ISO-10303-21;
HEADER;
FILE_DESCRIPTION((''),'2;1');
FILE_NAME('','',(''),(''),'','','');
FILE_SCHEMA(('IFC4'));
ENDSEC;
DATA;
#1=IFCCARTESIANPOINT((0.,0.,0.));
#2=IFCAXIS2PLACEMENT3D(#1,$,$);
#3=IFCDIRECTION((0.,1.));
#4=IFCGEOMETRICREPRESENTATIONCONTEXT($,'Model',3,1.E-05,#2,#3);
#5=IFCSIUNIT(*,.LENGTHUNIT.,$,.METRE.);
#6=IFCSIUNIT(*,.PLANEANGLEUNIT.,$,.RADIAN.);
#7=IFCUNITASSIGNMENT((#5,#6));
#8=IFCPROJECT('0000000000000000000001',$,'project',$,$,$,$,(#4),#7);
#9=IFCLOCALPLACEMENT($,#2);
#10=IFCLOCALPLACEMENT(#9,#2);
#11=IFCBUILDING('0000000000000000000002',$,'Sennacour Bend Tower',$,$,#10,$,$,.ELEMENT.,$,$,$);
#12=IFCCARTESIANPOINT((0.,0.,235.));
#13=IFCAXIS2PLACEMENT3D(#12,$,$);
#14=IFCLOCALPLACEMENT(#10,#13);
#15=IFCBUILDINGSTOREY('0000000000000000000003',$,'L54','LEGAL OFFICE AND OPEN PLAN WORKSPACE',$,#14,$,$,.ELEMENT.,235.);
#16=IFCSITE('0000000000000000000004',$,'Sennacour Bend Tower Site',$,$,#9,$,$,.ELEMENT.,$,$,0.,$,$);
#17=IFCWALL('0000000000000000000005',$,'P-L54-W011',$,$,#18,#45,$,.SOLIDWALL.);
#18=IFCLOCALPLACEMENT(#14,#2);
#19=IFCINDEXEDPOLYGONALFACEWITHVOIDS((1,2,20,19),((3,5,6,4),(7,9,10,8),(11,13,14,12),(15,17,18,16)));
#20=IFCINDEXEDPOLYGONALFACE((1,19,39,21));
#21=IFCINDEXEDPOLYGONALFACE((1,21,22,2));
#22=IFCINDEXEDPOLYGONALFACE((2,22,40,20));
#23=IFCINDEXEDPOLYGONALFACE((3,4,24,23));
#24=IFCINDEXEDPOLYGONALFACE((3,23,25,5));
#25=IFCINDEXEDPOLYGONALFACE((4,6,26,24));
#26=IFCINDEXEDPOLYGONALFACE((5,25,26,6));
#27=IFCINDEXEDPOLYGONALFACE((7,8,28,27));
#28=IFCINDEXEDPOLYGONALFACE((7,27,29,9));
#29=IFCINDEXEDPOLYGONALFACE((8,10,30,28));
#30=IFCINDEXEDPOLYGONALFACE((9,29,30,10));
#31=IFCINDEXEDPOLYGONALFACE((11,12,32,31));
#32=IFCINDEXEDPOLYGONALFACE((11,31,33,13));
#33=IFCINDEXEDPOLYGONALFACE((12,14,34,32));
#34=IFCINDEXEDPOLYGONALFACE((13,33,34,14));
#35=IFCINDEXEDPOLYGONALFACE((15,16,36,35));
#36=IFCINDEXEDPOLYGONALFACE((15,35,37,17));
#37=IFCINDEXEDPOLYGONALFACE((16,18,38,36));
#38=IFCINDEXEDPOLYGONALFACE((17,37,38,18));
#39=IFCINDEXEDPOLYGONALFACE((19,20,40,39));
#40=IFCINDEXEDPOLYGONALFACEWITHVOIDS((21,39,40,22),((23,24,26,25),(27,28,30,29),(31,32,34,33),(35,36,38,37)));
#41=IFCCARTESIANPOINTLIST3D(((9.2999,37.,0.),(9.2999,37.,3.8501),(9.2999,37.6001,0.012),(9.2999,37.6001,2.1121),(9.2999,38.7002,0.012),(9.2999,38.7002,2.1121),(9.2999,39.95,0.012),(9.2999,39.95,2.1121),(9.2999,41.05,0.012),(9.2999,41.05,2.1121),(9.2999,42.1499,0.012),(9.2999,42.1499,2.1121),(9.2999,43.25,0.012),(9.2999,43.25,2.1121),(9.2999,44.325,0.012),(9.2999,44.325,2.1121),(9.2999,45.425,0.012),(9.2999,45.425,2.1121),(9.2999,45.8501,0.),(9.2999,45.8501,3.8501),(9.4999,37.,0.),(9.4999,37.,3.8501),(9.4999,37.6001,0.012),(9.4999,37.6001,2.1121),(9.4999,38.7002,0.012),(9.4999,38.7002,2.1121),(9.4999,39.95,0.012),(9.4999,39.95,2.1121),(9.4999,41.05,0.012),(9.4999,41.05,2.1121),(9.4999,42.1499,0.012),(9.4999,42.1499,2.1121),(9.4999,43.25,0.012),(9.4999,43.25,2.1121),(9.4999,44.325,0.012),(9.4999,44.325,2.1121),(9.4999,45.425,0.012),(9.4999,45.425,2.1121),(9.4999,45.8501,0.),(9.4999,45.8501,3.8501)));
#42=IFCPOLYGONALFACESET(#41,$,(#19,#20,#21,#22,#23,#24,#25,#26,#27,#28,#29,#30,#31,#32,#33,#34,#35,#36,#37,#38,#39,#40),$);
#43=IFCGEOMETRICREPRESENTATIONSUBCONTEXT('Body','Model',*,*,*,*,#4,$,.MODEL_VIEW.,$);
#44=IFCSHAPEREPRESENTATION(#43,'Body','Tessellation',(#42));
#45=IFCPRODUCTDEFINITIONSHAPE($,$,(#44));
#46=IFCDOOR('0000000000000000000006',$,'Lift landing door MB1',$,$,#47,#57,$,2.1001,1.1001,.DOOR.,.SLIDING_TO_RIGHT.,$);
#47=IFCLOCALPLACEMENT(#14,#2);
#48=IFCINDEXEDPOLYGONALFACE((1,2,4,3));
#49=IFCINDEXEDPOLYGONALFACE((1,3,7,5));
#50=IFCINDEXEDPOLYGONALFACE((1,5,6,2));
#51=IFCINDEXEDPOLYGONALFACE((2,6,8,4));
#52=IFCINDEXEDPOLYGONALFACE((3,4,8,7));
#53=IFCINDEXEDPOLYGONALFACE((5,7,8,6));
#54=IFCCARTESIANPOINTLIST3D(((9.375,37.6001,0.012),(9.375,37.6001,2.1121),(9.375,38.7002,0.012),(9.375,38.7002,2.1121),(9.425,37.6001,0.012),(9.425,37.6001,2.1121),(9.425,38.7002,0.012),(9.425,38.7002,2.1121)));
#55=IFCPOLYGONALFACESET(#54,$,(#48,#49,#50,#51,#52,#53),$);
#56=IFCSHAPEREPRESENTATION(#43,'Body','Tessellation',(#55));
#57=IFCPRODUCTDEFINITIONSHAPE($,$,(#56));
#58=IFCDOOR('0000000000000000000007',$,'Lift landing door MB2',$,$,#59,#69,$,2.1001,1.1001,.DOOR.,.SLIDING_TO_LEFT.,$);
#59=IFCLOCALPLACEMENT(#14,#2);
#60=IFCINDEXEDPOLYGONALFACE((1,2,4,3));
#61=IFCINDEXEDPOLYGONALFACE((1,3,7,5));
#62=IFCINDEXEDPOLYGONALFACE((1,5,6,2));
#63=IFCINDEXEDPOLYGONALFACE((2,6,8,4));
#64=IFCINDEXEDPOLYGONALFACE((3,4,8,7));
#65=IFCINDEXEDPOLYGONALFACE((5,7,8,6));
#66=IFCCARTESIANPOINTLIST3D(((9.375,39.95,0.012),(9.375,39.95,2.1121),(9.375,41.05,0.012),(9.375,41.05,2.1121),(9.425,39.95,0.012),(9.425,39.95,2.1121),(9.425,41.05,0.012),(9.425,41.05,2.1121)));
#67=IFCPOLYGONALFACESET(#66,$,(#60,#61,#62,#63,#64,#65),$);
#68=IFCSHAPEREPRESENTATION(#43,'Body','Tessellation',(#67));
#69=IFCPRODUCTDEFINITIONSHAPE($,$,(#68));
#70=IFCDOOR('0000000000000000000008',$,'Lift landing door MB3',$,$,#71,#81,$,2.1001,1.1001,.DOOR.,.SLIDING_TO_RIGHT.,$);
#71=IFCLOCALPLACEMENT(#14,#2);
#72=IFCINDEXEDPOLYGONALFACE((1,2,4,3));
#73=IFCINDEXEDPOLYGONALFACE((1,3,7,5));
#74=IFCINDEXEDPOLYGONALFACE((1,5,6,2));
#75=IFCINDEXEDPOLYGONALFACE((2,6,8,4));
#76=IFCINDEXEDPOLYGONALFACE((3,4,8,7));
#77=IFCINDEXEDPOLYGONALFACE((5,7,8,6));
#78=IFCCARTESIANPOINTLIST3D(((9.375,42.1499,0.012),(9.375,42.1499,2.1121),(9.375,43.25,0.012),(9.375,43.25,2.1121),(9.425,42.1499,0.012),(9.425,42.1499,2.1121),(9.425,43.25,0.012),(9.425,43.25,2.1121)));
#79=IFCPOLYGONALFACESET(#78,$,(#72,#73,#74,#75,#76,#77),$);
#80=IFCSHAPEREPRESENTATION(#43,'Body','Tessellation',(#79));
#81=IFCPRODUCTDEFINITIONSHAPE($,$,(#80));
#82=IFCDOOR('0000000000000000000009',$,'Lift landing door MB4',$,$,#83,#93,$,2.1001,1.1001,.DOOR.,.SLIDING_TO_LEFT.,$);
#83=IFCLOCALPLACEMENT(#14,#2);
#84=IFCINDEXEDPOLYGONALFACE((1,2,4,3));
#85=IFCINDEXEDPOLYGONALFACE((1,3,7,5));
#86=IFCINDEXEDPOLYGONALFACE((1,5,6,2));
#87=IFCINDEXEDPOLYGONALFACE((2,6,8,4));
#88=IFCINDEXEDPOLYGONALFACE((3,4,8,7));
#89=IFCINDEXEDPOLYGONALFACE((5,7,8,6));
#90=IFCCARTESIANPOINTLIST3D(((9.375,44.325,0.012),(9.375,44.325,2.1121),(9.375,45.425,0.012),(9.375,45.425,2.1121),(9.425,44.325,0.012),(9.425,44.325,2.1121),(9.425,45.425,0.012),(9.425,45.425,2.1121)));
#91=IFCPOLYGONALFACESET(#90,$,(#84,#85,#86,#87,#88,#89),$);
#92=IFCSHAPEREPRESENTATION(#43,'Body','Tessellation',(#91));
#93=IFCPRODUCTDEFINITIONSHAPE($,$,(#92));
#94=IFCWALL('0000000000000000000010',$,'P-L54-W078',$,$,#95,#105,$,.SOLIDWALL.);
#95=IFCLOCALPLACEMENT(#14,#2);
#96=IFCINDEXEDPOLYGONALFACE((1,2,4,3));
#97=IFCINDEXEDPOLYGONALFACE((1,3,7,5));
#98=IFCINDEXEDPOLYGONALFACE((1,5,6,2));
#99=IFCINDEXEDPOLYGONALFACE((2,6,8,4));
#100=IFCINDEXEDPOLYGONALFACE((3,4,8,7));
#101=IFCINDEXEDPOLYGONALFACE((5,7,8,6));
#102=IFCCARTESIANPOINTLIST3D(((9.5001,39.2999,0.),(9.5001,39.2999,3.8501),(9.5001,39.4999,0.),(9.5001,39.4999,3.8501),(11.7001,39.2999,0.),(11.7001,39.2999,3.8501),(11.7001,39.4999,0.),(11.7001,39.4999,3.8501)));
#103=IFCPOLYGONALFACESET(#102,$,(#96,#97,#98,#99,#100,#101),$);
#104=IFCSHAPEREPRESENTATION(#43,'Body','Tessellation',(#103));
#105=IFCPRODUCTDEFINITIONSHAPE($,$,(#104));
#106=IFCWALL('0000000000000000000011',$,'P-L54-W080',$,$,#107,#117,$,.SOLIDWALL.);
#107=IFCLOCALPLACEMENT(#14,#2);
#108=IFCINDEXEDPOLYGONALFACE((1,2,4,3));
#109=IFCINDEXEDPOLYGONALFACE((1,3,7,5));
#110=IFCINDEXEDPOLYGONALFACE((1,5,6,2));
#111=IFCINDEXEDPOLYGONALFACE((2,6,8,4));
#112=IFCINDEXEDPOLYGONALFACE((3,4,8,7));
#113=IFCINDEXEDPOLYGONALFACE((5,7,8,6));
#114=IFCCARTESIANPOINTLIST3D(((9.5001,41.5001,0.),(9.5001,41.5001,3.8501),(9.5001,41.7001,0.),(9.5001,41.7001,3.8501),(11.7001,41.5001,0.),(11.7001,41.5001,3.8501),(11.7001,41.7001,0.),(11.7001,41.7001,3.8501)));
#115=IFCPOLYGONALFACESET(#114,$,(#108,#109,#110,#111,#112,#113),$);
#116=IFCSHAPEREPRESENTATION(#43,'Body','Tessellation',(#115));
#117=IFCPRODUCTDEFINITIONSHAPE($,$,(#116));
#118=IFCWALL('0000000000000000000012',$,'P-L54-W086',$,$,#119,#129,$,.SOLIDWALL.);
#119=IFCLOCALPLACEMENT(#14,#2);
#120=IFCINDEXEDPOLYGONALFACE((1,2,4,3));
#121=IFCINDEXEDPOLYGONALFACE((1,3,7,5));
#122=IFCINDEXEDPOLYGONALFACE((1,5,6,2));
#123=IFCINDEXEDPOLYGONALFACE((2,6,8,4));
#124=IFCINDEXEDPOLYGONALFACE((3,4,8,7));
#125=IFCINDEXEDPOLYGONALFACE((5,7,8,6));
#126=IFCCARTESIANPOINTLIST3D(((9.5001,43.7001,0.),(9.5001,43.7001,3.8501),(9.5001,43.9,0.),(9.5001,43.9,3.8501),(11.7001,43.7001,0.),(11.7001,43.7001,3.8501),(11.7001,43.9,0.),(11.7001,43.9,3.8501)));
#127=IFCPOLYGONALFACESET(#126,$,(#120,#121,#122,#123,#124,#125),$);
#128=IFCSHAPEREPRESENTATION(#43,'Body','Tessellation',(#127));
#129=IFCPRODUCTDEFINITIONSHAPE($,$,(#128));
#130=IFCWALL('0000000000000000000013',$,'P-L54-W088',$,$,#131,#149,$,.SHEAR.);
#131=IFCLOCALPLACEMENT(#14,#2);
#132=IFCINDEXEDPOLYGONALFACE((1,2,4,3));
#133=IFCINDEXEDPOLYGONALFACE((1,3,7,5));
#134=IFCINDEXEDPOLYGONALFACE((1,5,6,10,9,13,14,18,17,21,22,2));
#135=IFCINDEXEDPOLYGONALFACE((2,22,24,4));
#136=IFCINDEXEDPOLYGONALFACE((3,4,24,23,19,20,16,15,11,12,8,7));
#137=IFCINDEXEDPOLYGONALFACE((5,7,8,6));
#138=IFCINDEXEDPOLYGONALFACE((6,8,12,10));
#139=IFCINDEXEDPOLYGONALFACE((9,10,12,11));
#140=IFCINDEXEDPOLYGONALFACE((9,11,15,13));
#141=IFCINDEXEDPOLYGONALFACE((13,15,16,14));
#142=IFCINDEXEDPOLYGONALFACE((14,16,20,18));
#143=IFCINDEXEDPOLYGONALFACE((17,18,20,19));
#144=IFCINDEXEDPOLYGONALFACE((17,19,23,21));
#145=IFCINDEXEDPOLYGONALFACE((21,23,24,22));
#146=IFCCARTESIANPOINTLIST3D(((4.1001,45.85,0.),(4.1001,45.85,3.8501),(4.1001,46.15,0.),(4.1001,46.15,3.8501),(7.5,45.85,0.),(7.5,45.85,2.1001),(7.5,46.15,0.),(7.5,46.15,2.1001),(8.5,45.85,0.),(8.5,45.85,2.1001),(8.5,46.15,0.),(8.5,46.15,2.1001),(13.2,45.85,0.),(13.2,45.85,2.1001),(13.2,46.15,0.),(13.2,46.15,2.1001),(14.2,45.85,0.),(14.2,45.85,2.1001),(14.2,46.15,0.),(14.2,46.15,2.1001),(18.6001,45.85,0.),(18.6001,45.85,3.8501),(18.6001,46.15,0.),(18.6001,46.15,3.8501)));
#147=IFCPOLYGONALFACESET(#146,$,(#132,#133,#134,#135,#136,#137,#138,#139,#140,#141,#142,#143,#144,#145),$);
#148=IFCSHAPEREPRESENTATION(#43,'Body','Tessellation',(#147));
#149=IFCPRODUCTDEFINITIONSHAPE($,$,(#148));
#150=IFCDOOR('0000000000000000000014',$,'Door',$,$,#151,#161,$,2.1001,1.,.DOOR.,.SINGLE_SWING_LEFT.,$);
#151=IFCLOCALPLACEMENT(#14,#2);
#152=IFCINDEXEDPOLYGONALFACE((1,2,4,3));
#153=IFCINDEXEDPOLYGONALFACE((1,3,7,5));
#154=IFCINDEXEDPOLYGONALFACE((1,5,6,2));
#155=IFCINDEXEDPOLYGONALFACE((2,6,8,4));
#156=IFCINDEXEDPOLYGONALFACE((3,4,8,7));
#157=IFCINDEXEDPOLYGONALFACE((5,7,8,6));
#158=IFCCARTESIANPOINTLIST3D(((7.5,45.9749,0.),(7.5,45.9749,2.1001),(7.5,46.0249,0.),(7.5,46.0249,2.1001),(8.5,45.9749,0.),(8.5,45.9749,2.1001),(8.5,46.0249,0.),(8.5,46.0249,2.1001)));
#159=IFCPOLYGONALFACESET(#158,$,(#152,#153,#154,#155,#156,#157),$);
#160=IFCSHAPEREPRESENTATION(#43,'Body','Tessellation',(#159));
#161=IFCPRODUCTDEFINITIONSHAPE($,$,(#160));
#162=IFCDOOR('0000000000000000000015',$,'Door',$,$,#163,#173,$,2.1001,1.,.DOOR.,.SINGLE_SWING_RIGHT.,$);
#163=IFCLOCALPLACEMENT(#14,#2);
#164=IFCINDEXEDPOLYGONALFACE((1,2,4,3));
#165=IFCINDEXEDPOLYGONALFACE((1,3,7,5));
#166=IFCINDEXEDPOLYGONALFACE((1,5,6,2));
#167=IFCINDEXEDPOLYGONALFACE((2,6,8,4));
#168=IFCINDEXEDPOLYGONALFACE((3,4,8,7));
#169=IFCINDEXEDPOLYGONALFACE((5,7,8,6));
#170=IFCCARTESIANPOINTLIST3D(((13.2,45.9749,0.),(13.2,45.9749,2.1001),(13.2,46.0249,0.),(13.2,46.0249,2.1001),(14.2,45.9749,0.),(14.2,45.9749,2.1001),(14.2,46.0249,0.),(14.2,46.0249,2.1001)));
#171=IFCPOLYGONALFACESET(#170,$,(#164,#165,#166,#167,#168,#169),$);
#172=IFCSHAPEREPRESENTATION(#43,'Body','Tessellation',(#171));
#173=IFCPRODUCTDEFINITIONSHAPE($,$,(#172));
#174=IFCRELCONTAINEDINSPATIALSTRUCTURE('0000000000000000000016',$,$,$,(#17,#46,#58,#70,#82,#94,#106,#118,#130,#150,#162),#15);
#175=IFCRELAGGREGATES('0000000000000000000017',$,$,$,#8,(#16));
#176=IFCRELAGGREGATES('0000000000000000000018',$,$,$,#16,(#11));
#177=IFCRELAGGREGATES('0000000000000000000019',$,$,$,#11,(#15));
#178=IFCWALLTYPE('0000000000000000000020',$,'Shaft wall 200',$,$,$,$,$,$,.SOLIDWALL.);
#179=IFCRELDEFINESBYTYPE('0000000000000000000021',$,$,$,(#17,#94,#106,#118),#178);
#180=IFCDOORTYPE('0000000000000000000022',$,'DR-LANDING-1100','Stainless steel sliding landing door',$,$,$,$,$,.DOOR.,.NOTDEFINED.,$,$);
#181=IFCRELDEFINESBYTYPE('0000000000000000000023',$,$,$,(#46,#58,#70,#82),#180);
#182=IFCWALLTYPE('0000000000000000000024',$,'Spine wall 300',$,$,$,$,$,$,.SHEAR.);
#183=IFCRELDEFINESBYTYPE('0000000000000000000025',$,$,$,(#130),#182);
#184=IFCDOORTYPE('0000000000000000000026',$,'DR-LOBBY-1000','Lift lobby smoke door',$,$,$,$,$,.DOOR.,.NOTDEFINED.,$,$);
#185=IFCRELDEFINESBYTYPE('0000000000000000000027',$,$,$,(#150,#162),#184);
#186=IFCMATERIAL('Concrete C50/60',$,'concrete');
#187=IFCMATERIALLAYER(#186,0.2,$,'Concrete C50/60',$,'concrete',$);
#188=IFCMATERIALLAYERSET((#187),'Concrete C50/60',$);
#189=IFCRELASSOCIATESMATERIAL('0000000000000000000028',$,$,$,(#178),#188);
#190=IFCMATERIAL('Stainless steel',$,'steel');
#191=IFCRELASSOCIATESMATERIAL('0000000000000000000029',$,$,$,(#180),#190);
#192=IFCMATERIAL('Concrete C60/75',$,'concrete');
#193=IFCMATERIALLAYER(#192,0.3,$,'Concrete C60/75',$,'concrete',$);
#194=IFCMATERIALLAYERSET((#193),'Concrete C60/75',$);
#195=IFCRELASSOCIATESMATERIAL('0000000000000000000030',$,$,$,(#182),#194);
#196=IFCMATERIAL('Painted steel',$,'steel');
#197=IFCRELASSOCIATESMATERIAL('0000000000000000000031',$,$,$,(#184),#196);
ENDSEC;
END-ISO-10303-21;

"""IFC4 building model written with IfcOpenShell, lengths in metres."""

from ifc_helpers import new_model, si_unit, direction, frame, frame_2d, origin, place, context, subcontext, project, spatial, rectangle, extrude, material, layer, layer_set, type_object, element, fill, save


model = new_model("IFC4")

# Units and contexts
model_context = context("Model", 3, precision=1e-05, world=origin(), true_north=direction((0.0, 1.0)))
body_context = subcontext(model_context, "Body", "Model", "MODEL_VIEW")
ifc_project = project(units=[si_unit("LENGTHUNIT", "METRE"), si_unit("PLANEANGLEUNIT", "RADIAN")], contexts=[model_context])

# Site, building, storey
site_placement = place(None, origin())
site = spatial("IfcSite", under=ifc_project, at=site_placement, Name="Sennacour Bend Tower Site", CompositionType="ELEMENT", RefElevation=0.0)
building_placement = place(site_placement, origin())
building = spatial("IfcBuilding", under=site, at=building_placement, Name="Sennacour Bend Tower", CompositionType="ELEMENT")
storey_placement = place(building_placement, frame((0.0, 0.0, 235.0)))
storey = spatial("IfcBuildingStorey", under=building, at=storey_placement, Name="L54", Description="LEGAL OFFICE AND OPEN PLAN WORKSPACE", CompositionType="ELEMENT", Elevation=235.0)

# Shared definitions
ifc_material_1 = material(Name="Concrete C60/75", Category="concrete")

# Shared definitions
ifc_material_2 = material(Name="Painted steel", Category="steel")

# Wall, openings, doors
ifc_material_3 = material(Name="Concrete C50/60", Category="concrete")
ifc_layer_1 = layer(ifc_material_3, 0.2, Name="Concrete C50/60", Category="concrete")
ifc_layer_set_1 = layer_set([ifc_layer_1], Name="Concrete C50/60")
wall_type_1 = type_object("IfcWallType", Name="Shaft wall 200", PredefinedType="SOLIDWALL", material=ifc_layer_set_1)
wall_1_placement = place(storey_placement, frame((9.3999, 37.0, 0.0), z_axis=(0.0, 0.0, 1.0), x_axis=(0.0, 1.0, 0.0)))
wall_1 = element("IfcWall", 1, at=wall_1_placement, inside=storey, type_object=wall_type_1, Name="P-L54-W011", PredefinedType="SOLIDWALL", context=body_context, shape_type="SweptSolid", body=[
    extrude(rectangle(XDim=8.8501, YDim=0.2, at=frame_2d((4.425, 0.0))), origin(), (0.0, 0.0, 1.0), 3.8501),
])
opening_1_placement = place(wall_1_placement, frame((0.6001, 0.0, 0.012)))
opening_1 = element("IfcOpeningElement", 2, at=opening_1_placement, cuts=wall_1, PredefinedType="OPENING", context=body_context, shape_type="SweptSolid", body=[
    extrude(rectangle(XDim=1.1001, YDim=2.1001, at=frame_2d((0.55, 1.05))), frame((0.0, 0.1099, 0.0), z_axis=(0.0, -1.0, 0.0), x_axis=(1.0, 0.0, 0.0)), (0.0, 0.0, 1.0), 0.22),
])
opening_2_placement = place(wall_1_placement, frame((2.95, 0.0, 0.012)))
opening_2 = element("IfcOpeningElement", 3, at=opening_2_placement, cuts=wall_1, PredefinedType="OPENING", context=body_context, shape_type="SweptSolid", body=[
    extrude(rectangle(XDim=1.1001, YDim=2.1001, at=frame_2d((0.55, 1.05))), frame((0.0, 0.1099, 0.0), z_axis=(0.0, -1.0, 0.0), x_axis=(1.0, 0.0, 0.0)), (0.0, 0.0, 1.0), 0.22),
])
opening_3_placement = place(wall_1_placement, frame((5.1499, 0.0, 0.012)))
opening_3 = element("IfcOpeningElement", 4, at=opening_3_placement, cuts=wall_1, PredefinedType="OPENING", context=body_context, shape_type="SweptSolid", body=[
    extrude(rectangle(XDim=1.1001, YDim=2.1001, at=frame_2d((0.55, 1.05))), frame((0.0, 0.1099, 0.0), z_axis=(0.0, -1.0, 0.0), x_axis=(1.0, 0.0, 0.0)), (0.0, 0.0, 1.0), 0.22),
])
opening_4_placement = place(wall_1_placement, frame((7.325, 0.0, 0.012)))
opening_4 = element("IfcOpeningElement", 5, at=opening_4_placement, cuts=wall_1, PredefinedType="OPENING", context=body_context, shape_type="SweptSolid", body=[
    extrude(rectangle(XDim=1.1001, YDim=2.1001, at=frame_2d((0.55, 1.05))), frame((0.0, 0.1099, 0.0), z_axis=(0.0, -1.0, 0.0), x_axis=(1.0, 0.0, 0.0)), (0.0, 0.0, 1.0), 0.22),
])
ifc_material_4 = material(Name="Stainless steel", Category="steel")
door_type_1 = type_object("IfcDoorType", Name="DR-LANDING-1100", Description="Stainless steel sliding landing door", OperationType="NOTDEFINED", PredefinedType="DOOR", material=ifc_material_4)
door_1_placement = place(opening_1_placement, origin())
door_1 = element("IfcDoor", 6, at=door_1_placement, inside=storey, type_object=door_type_1, Name="Lift landing door MB1", OperationType="SLIDING_TO_RIGHT", OverallHeight=2.1001, OverallWidth=1.1001, PredefinedType="DOOR", context=body_context, shape_type="SweptSolid", body=[
    extrude(rectangle(XDim=1.1001, YDim=2.1001, at=frame_2d((0.55, 1.05))), frame((0.0, 0.0249, 0.0), z_axis=(0.0, -1.0, 0.0), x_axis=(1.0, 0.0, 0.0)), (0.0, 0.0, 1.0), 0.05),
])
fill(opening_1, door_1)
door_2_placement = place(opening_2_placement, origin())
door_2 = element("IfcDoor", 7, at=door_2_placement, inside=storey, type_object=door_type_1, Name="Lift landing door MB2", OperationType="SLIDING_TO_LEFT", OverallHeight=2.1001, OverallWidth=1.1001, PredefinedType="DOOR", context=body_context, shape_type="SweptSolid", body=[
    extrude(rectangle(XDim=1.1001, YDim=2.1001, at=frame_2d((0.55, 1.05))), frame((0.0, 0.0249, 0.0), z_axis=(0.0, -1.0, 0.0), x_axis=(1.0, 0.0, 0.0)), (0.0, 0.0, 1.0), 0.05),
])
fill(opening_2, door_2)
door_3_placement = place(opening_3_placement, origin())
door_3 = element("IfcDoor", 8, at=door_3_placement, inside=storey, type_object=door_type_1, Name="Lift landing door MB3", OperationType="SLIDING_TO_RIGHT", OverallHeight=2.1001, OverallWidth=1.1001, PredefinedType="DOOR", context=body_context, shape_type="SweptSolid", body=[
    extrude(rectangle(XDim=1.1001, YDim=2.1001, at=frame_2d((0.55, 1.05))), frame((0.0, 0.0249, 0.0), z_axis=(0.0, -1.0, 0.0), x_axis=(1.0, 0.0, 0.0)), (0.0, 0.0, 1.0), 0.05),
])
fill(opening_3, door_3)
door_4_placement = place(opening_4_placement, origin())
door_4 = element("IfcDoor", 9, at=door_4_placement, inside=storey, type_object=door_type_1, Name="Lift landing door MB4", OperationType="SLIDING_TO_LEFT", OverallHeight=2.1001, OverallWidth=1.1001, PredefinedType="DOOR", context=body_context, shape_type="SweptSolid", body=[
    extrude(rectangle(XDim=1.1001, YDim=2.1001, at=frame_2d((0.55, 1.05))), frame((0.0, 0.0249, 0.0), z_axis=(0.0, -1.0, 0.0), x_axis=(1.0, 0.0, 0.0)), (0.0, 0.0, 1.0), 0.05),
])
fill(opening_4, door_4)

# Walls
for number, where, z_axis, x_axis, name in (
    (10, (9.5, 39.3999, 0.0), (0.0, 0.0, 1.0), (1.0, 0.0, 0.0), "P-L54-W078"),
    (11, (9.5, 41.6001, 0.0), (0.0, 0.0, 1.0), (1.0, 0.0, 0.0), "P-L54-W080"),
    (12, (9.5, 43.8, 0.0), (0.0, 0.0, 1.0), (1.0, 0.0, 0.0), "P-L54-W086"),
):
    element("IfcWall", number, at=place(storey_placement, frame(where, z_axis=z_axis, x_axis=x_axis)), inside=storey, type_object=wall_type_1, Name=name, PredefinedType="SOLIDWALL", context=body_context, shape_type="SweptSolid", body=[
        extrude(rectangle(XDim=2.2, YDim=0.2, at=frame_2d((1.1001, 0.0))), origin(), (0.0, 0.0, 1.0), 3.8501),
    ])

# Wall, openings, doors
ifc_layer_2 = layer(ifc_material_1, 0.3, Name="Concrete C60/75", Category="concrete")
ifc_layer_set_2 = layer_set([ifc_layer_2], Name="Concrete C60/75")
wall_type_2 = type_object("IfcWallType", Name="Spine wall 300", PredefinedType="SHEAR", material=ifc_layer_set_2)
wall_2_placement = place(storey_placement, frame((4.1001, 46.0, 0.0), z_axis=(0.0, 0.0, 1.0), x_axis=(1.0, 0.0, 0.0)))
wall_2 = element("IfcWall", 13, at=wall_2_placement, inside=storey, type_object=wall_type_2, Name="P-L54-W088", PredefinedType="SHEAR", context=body_context, shape_type="SweptSolid", body=[
    extrude(rectangle(XDim=14.5, YDim=0.3, at=frame_2d((7.25, 0.0))), origin(), (0.0, 0.0, 1.0), 3.8501),
])
opening_5_placement = place(wall_2_placement, frame((3.3999, 0.0, 0.0)))
opening_5 = element("IfcOpeningElement", 14, at=opening_5_placement, cuts=wall_2, PredefinedType="OPENING", context=body_context, shape_type="SweptSolid", body=[
    extrude(rectangle(XDim=1.0, YDim=2.1001, at=frame_2d((0.5, 1.05))), frame((0.0, 0.1602, 0.0), z_axis=(0.0, -1.0, 0.0), x_axis=(1.0, 0.0, 0.0)), (0.0, 0.0, 1.0), 0.3201),
])
opening_6_placement = place(wall_2_placement, frame((9.0999, 0.0, 0.0)))
opening_6 = element("IfcOpeningElement", 15, at=opening_6_placement, cuts=wall_2, PredefinedType="OPENING", context=body_context, shape_type="SweptSolid", body=[
    extrude(rectangle(XDim=1.0, YDim=2.1001, at=frame_2d((0.5, 1.05))), frame((0.0, 0.1602, 0.0), z_axis=(0.0, -1.0, 0.0), x_axis=(1.0, 0.0, 0.0)), (0.0, 0.0, 1.0), 0.3201),
])
door_type_2 = type_object("IfcDoorType", Name="DR-LOBBY-1000", Description="Lift lobby smoke door", OperationType="NOTDEFINED", PredefinedType="DOOR", material=ifc_material_2)
door_5_placement = place(opening_5_placement, origin())
door_5 = element("IfcDoor", 16, at=door_5_placement, inside=storey, type_object=door_type_2, Name="Door", OperationType="SINGLE_SWING_LEFT", OverallHeight=2.1001, OverallWidth=1.0, PredefinedType="DOOR", context=body_context, shape_type="SweptSolid", body=[
    extrude(rectangle(XDim=1.0, YDim=2.1001, at=frame_2d((0.5, 1.05))), frame((0.0, 0.0249, 0.0), z_axis=(0.0, -1.0, 0.0), x_axis=(1.0, 0.0, 0.0)), (0.0, 0.0, 1.0), 0.05),
])
fill(opening_5, door_5)
door_6_placement = place(opening_6_placement, origin())
door_6 = element("IfcDoor", 17, at=door_6_placement, inside=storey, type_object=door_type_2, Name="Door", OperationType="SINGLE_SWING_RIGHT", OverallHeight=2.1001, OverallWidth=1.0, PredefinedType="DOOR", context=body_context, shape_type="SweptSolid", body=[
    extrude(rectangle(XDim=1.0, YDim=2.1001, at=frame_2d((0.5, 1.05))), frame((0.0, 0.0249, 0.0), z_axis=(0.0, -1.0, 0.0), x_axis=(1.0, 0.0, 0.0)), (0.0, 0.0, 1.0), 0.05),
])
fill(opening_6, door_6)

save(model, "model.ifc")
